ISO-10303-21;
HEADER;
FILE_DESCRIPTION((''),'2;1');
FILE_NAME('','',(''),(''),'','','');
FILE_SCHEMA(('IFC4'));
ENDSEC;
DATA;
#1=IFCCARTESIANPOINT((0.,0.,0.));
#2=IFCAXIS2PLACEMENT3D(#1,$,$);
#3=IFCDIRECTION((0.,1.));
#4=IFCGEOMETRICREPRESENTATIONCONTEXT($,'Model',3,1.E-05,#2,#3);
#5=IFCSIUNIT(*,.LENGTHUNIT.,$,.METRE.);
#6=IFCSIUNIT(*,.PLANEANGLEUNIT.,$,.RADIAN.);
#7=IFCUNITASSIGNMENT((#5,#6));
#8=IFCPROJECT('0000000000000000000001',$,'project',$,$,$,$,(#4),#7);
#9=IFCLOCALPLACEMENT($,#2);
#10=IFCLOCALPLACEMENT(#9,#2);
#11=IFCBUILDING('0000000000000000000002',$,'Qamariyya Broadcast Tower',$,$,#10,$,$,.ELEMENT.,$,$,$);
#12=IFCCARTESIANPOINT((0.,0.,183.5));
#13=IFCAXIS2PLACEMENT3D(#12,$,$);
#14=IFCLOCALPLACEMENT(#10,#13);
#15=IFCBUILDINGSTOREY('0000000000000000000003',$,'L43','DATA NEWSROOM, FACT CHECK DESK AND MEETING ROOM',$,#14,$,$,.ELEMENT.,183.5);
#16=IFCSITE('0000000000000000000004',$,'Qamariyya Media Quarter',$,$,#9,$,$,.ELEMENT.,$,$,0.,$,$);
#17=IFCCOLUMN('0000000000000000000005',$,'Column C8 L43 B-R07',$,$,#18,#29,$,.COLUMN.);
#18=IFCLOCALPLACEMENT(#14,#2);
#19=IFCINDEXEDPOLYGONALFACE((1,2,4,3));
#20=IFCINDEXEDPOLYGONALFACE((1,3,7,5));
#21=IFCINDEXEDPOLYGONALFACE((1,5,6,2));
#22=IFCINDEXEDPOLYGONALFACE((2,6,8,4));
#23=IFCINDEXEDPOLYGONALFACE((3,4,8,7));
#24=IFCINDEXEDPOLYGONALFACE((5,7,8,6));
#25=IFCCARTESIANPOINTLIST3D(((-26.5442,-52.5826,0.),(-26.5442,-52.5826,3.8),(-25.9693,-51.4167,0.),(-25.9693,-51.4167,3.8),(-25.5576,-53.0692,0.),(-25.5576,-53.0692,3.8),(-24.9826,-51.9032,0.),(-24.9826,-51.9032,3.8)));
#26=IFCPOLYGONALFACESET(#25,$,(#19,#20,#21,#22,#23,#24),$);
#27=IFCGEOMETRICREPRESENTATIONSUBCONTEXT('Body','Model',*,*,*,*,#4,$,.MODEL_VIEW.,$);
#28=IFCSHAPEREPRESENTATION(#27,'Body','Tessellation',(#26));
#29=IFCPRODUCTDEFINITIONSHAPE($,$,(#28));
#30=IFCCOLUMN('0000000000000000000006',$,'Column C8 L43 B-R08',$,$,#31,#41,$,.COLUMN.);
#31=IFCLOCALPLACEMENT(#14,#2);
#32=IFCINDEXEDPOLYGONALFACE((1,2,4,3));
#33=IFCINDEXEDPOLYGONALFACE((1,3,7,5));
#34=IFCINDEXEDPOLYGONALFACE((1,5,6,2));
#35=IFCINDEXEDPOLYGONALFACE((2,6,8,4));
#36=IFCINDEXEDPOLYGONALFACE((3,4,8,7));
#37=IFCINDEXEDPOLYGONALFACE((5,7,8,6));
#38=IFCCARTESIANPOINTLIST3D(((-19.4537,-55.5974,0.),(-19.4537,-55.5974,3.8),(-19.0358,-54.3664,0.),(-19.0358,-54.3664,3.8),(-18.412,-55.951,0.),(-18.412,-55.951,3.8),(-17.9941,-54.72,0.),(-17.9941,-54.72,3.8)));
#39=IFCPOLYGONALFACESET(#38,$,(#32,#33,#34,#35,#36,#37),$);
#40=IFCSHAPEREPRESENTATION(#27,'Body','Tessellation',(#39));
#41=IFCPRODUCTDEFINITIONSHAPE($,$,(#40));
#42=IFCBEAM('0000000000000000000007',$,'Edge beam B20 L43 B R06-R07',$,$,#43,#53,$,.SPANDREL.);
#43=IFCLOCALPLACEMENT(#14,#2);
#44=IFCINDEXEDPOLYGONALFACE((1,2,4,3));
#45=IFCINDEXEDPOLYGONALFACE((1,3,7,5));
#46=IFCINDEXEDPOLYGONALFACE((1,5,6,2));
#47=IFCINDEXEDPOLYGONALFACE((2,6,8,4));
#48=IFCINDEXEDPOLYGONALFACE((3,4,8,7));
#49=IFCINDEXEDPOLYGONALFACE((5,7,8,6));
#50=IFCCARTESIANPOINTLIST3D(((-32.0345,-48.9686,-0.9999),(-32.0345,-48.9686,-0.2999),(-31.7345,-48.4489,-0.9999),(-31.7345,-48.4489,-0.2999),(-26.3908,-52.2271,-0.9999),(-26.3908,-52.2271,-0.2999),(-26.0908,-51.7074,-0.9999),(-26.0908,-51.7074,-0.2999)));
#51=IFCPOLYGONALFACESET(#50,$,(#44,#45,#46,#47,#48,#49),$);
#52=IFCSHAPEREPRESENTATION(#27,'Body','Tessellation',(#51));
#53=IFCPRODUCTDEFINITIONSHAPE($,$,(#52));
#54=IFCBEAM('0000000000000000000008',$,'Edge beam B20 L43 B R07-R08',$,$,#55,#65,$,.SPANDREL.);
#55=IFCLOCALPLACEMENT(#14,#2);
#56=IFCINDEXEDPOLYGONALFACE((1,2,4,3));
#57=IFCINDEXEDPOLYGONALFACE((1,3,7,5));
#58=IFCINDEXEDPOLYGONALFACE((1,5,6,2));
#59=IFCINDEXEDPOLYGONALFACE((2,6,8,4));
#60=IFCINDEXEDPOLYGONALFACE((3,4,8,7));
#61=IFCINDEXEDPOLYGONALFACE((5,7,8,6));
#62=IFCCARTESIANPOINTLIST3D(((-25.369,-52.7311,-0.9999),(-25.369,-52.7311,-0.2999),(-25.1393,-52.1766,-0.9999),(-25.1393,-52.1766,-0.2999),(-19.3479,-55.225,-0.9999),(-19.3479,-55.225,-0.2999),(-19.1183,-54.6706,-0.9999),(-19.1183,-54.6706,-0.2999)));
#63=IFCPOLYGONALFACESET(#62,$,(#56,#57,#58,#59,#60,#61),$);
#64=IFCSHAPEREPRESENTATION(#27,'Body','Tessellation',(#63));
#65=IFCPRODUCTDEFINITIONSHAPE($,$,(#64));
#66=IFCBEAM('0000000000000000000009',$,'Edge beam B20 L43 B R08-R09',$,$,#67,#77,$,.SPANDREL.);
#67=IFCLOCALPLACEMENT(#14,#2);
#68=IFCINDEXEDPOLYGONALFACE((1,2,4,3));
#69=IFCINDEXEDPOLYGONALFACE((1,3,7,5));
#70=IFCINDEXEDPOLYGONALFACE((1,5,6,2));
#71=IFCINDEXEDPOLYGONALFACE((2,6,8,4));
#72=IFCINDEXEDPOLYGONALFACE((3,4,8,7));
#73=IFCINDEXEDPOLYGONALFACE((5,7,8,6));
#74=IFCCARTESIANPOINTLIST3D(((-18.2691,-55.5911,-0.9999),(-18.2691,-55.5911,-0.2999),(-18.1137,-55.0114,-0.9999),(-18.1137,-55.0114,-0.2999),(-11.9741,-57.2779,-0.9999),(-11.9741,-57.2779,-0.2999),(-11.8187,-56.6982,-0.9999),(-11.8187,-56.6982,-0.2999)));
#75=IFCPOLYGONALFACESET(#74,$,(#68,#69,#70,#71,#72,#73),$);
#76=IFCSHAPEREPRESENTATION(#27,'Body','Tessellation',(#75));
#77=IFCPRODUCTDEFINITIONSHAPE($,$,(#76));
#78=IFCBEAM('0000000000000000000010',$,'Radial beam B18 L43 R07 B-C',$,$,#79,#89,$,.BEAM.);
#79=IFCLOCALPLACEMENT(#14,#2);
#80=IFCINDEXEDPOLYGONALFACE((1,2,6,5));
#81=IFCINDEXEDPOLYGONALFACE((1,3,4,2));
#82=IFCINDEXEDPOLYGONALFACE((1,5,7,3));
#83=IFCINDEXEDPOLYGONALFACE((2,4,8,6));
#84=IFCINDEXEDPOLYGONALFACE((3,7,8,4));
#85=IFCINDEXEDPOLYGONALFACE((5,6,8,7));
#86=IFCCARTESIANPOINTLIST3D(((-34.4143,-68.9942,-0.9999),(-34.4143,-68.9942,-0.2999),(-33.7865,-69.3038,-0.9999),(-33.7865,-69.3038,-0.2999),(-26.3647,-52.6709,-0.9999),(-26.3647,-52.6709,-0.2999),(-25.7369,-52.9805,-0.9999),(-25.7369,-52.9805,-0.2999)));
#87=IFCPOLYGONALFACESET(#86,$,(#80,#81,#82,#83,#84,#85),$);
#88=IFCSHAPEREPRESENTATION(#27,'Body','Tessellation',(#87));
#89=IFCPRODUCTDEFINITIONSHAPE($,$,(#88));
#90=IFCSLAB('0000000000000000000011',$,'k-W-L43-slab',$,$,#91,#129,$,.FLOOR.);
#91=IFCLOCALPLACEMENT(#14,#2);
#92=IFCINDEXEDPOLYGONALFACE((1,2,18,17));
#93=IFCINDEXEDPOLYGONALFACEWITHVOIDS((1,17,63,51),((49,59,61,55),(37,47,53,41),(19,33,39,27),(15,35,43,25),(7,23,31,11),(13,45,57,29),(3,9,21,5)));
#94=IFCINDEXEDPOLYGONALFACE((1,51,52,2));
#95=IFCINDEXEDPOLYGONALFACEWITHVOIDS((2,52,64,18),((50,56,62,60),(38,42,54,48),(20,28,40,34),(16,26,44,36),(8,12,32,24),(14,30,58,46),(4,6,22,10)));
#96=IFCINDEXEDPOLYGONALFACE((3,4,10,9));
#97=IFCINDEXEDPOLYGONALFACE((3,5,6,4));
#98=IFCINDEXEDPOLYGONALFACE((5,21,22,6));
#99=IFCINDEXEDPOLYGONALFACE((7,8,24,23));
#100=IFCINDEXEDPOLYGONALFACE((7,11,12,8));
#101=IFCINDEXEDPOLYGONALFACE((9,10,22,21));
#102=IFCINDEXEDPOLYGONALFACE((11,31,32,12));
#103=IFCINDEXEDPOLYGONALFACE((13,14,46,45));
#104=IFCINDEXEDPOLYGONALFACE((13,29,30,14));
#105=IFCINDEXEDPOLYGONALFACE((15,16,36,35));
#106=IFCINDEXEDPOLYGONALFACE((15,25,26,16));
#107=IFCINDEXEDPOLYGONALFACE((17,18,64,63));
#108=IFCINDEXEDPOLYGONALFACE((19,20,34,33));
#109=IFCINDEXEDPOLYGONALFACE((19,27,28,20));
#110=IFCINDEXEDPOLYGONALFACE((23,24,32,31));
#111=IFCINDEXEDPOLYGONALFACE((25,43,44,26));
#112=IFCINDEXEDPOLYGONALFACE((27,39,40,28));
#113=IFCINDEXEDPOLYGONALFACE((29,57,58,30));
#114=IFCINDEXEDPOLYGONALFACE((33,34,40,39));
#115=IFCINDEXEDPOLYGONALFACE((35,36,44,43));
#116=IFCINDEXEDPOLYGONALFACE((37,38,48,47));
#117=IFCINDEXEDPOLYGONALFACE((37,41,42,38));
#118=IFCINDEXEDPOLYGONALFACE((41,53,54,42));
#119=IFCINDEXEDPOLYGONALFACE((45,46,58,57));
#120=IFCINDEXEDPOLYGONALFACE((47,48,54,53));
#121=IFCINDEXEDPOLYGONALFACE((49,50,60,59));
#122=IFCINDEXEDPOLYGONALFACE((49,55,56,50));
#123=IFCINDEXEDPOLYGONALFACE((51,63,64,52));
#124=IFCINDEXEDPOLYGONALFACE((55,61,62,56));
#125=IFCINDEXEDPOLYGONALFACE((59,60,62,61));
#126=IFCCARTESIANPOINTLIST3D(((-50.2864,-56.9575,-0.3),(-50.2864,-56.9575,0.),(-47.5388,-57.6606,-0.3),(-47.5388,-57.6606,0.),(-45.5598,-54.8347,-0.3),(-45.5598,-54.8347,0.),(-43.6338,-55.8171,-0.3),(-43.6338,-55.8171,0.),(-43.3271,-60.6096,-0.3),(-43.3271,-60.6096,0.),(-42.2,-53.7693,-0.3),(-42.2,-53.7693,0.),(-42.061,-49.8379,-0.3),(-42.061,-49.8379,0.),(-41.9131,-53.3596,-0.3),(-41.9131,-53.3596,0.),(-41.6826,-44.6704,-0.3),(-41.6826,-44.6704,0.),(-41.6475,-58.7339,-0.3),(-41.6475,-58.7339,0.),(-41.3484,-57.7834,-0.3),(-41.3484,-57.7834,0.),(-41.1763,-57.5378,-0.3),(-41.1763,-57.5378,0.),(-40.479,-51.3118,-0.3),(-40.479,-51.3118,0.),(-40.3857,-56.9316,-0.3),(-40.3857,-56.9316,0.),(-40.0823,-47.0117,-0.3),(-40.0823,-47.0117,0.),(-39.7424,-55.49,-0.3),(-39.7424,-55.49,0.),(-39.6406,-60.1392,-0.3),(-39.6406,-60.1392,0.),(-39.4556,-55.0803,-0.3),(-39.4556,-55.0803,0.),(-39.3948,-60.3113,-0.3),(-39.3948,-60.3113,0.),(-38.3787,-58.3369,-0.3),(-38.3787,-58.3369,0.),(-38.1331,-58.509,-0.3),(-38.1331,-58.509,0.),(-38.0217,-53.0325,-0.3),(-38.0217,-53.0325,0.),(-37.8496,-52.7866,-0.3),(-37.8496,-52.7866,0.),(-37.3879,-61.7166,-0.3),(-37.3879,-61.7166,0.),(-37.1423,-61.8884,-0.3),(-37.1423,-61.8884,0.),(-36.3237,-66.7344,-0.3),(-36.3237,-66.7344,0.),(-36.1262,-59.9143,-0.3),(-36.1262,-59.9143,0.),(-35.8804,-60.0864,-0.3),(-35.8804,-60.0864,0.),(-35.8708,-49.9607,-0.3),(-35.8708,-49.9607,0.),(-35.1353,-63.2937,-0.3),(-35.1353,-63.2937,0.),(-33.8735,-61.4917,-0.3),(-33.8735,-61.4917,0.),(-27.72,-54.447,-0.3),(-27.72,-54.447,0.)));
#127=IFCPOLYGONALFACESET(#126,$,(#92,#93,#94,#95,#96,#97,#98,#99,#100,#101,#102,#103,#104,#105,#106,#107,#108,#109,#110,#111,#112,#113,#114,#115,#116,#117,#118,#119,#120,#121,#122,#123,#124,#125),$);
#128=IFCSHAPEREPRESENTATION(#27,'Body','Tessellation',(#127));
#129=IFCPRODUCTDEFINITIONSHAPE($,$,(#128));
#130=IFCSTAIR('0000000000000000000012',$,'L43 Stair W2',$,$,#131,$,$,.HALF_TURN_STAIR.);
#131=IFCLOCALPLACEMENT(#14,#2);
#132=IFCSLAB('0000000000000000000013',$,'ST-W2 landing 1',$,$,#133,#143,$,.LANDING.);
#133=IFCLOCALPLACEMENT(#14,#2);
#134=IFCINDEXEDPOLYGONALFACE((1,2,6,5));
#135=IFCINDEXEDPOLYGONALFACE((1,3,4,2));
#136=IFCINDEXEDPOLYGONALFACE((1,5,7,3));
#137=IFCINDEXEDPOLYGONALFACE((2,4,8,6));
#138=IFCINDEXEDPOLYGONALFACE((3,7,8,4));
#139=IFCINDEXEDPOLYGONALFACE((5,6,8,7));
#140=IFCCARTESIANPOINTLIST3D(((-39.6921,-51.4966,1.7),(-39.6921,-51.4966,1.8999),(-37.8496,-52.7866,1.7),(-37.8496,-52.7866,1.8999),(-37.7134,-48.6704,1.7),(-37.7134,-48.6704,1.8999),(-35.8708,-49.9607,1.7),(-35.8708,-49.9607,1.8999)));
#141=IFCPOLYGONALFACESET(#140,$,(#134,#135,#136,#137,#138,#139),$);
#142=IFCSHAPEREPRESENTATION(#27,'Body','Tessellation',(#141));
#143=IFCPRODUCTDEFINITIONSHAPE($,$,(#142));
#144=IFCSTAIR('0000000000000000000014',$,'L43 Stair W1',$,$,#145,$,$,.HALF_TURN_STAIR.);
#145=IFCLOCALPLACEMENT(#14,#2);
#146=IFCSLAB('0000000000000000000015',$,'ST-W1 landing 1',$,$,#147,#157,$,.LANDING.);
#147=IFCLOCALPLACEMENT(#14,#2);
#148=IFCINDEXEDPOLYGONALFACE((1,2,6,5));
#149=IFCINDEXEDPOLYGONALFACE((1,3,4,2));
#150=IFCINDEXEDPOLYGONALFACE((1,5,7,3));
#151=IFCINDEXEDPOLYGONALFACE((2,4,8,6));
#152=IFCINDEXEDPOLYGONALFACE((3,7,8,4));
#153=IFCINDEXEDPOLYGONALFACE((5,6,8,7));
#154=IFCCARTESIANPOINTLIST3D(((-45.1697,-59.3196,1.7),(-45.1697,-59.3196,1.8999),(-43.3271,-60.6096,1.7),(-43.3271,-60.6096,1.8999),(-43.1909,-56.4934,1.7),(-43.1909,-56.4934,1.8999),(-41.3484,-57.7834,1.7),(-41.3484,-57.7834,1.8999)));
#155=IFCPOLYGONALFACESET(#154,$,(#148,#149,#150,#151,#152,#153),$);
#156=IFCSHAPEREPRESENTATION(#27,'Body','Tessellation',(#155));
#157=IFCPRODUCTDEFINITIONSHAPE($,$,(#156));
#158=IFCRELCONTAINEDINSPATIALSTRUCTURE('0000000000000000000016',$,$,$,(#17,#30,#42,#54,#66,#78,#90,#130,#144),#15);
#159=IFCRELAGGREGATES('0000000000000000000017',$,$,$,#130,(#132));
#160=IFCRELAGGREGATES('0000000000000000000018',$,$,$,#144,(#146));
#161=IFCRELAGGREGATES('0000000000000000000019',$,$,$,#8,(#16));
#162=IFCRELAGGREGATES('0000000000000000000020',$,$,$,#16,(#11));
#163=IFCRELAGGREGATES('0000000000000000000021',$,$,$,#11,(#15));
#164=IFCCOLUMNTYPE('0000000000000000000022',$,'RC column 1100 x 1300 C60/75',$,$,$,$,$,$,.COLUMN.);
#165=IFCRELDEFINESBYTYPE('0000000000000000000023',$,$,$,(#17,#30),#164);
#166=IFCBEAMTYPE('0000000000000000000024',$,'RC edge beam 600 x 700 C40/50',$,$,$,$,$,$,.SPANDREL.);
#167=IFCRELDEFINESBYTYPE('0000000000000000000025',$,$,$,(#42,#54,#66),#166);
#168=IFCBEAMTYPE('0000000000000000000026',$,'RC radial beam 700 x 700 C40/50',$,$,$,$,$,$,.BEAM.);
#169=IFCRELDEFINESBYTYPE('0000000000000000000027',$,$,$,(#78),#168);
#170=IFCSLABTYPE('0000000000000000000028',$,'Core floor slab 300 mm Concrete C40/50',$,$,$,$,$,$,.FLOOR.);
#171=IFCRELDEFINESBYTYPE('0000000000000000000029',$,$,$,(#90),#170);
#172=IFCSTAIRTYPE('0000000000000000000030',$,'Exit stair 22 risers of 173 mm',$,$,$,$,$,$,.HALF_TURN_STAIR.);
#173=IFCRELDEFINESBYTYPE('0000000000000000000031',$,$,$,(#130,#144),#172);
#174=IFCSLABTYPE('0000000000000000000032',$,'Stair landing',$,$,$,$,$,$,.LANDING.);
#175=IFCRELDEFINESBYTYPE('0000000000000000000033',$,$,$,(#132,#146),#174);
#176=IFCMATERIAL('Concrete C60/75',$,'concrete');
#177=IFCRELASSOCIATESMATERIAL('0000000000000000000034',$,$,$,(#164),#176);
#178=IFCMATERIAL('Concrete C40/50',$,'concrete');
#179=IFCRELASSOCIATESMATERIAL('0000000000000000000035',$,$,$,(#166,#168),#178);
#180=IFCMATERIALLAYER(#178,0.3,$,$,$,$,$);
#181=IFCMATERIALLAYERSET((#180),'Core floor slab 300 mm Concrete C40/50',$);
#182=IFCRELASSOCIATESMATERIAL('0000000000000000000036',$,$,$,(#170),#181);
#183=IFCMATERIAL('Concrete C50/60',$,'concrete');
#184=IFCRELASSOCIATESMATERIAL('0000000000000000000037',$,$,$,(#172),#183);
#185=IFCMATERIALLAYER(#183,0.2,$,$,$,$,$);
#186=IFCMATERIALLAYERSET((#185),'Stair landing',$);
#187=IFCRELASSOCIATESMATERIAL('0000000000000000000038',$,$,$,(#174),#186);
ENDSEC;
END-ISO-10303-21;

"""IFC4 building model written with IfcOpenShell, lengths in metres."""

from ifc_helpers import new_model, si_unit, direction, frame, origin, origin_2d, place, context, subcontext, project, spatial, polyline, rectangle, outline, extrude, material, layer, layer_set, material_profile, profile_set, type_object, element, aggregate, save


model = new_model("IFC4")

# Units and contexts
model_context = context("Model", 3, precision=1e-05, world=origin(), true_north=direction((0.0, 1.0)))
body_context = subcontext(model_context, "Body", "Model", "MODEL_VIEW")
ifc_project = project(units=[si_unit("LENGTHUNIT", "METRE"), si_unit("PLANEANGLEUNIT", "RADIAN")], contexts=[model_context])

# Site, building, storey
site_placement = place(None, origin())
site = spatial("IfcSite", under=ifc_project, at=site_placement, Name="Qamariyya Media Quarter", CompositionType="ELEMENT", RefElevation=0.0)
building_placement = place(site_placement, origin())
building = spatial("IfcBuilding", under=site, at=building_placement, Name="Qamariyya Broadcast Tower", CompositionType="ELEMENT")
storey_placement = place(building_placement, frame((0.0, 0.0, 183.5)))
storey = spatial("IfcBuildingStorey", under=building, at=storey_placement, Name="L43", Description="DATA NEWSROOM, FACT CHECK DESK AND MEETING ROOM", CompositionType="ELEMENT", Elevation=183.5)

# Columns
ifc_material_1 = material(Name="Concrete C60/75", Category="concrete")
ifc_material_profile_1 = material_profile(ifc_material_1, rectangle(XDim=1.1001, YDim=1.3, at=origin_2d()))
ifc_profile_set_1 = profile_set([ifc_material_profile_1], Name="Concrete C60/75")
column_type = type_object("IfcColumnType", Name="RC column 1100 x 1300 C60/75", PredefinedType="COLUMN", material=ifc_profile_set_1)
for number, where, z_axis, x_axis, name in (
    (1, (-25.7634, -52.2429, 0.0), (0.0, 0.0, 1.0), (0.896873, -0.442289, 0.0), "Column C8 L43 B-R07"),
    (2, (-18.7239, -55.1587, 0.0), (0.0, 0.0, 1.0), (0.94693, -0.321439, 0.0), "Column C8 L43 B-R08"),
):
    element("IfcColumn", number, at=place(storey_placement, frame(where, z_axis=z_axis, x_axis=x_axis)), inside=storey, type_object=column_type, Name=name, PredefinedType="COLUMN", context=body_context, shape_type="SweptSolid", body=[
        extrude(rectangle(XDim=1.1001, YDim=1.3, at=origin_2d()), origin(), (0.0, 0.0, 1.0), 3.8),
    ])

# Beams
ifc_material_2 = material(Name="Concrete C40/50", Category="concrete")
ifc_material_profile_2 = material_profile(ifc_material_2, rectangle(XDim=0.6001, YDim=0.7, at=origin_2d()))
ifc_profile_set_2 = profile_set([ifc_material_profile_2], Name="Concrete C40/50")
beam_type_1 = type_object("IfcBeamType", Name="RC edge beam 600 x 700 C40/50", PredefinedType="SPANDREL", material=ifc_profile_set_2)
beam_1_placement = place(storey_placement, frame((-31.8845, -48.7087, -0.6499), z_axis=(0.866019, -0.500011, 0.0), x_axis=(0.500011, 0.866019, 0.0)))
element("IfcBeam", 3, at=beam_1_placement, inside=storey, type_object=beam_type_1, Name="Edge beam B20 L43 B R06-R07", PredefinedType="SPANDREL", context=body_context, shape_type="SweptSolid", body=[
    extrude(rectangle(XDim=0.6001, YDim=0.7, at=origin_2d()), origin(), (0.0, 0.0, 1.0), 6.5168),
])
for number, where, z_axis, x_axis, name in (
    (4, (-25.2542, -52.4539, -0.6499), (0.923884, -0.382673, 0.0), (0.382673, 0.923884, 0.0), "Edge beam B20 L43 B R07-R08"),
    (5, (-18.1914, -55.3013, -0.6499), (0.965924, -0.258826, 0.0), (0.258826, 0.965924, 0.0), "Edge beam B20 L43 B R08-R09"),
):
    element("IfcBeam", number, at=place(storey_placement, frame(where, z_axis=z_axis, x_axis=x_axis)), inside=storey, type_object=beam_type_1, Name=name, PredefinedType="SPANDREL", context=body_context, shape_type="SweptSolid", body=[
        extrude(rectangle(XDim=0.6001, YDim=0.7, at=origin_2d()), origin(), (0.0, 0.0, 1.0), 6.5171),
    ])
ifc_material_profile_3 = material_profile(ifc_material_2, rectangle(XDim=0.7, YDim=0.7, at=origin_2d()))
ifc_profile_set_3 = profile_set([ifc_material_profile_3], Name="Concrete C40/50")
beam_type_2 = type_object("IfcBeamType", Name="RC radial beam 700 x 700 C40/50", PredefinedType="BEAM", material=ifc_profile_set_3)
beam_2_placement = place(storey_placement, frame((-26.0508, -52.8257, -0.6499), z_axis=(-0.442281, -0.896876, 0.0), x_axis=(0.896876, -0.442281, 0.0)))
element("IfcBeam", 6, at=beam_2_placement, inside=storey, type_object=beam_type_2, Name="Radial beam B18 L43 R07 B-C", PredefinedType="BEAM", context=body_context, shape_type="SweptSolid", body=[
    extrude(rectangle(XDim=0.7, YDim=0.7, at=origin_2d()), origin(), (0.0, 0.0, 1.0), 18.2002),
])

# Slab
ifc_layer_1 = layer(ifc_material_2, 0.3)
ifc_layer_set_1 = layer_set([ifc_layer_1], Name="Core floor slab 300 mm Concrete C40/50")
slab_type_1 = type_object("IfcSlabType", Name="Core floor slab 300 mm Concrete C40/50", PredefinedType="FLOOR", material=ifc_layer_set_1)
slab_1_placement = place(storey_placement, frame((0.0, 0.0, -0.3)))
element("IfcSlab", 7, at=slab_1_placement, inside=storey, type_object=slab_type_1, Name="k-W-L43-slab", PredefinedType="FLOOR", context=body_context, shape_type="SweptSolid", body=[
    extrude(outline(polyline([(-50.2864, -56.9575), (-36.3237, -66.7344), (-27.72, -54.447), (-41.6826, -44.6704), (-50.2864, -56.9575)]), holes=[polyline([(-33.8735, -61.4917), (-35.8804, -60.0864), (-37.1423, -61.8884), (-35.1353, -63.2937), (-33.8735, -61.4917)]), polyline([(-36.1262, -59.9143), (-38.1331, -58.509), (-39.3948, -60.3113), (-37.3879, -61.7166), (-36.1262, -59.9143)]), polyline([(-38.3787, -58.3369), (-40.3857, -56.9316), (-41.6475, -58.7339), (-39.6406, -60.1392), (-38.3787, -58.3369)]), polyline([(-39.7424, -55.49), (-42.2, -53.7693), (-43.6338, -55.8171), (-41.1763, -57.5378), (-39.7424, -55.49)]), polyline([(-39.4556, -55.0803), (-41.9131, -53.3596), (-40.479, -51.3118), (-38.0217, -53.0325), (-39.4556, -55.0803)]), polyline([(-42.061, -49.8379), (-37.8496, -52.7866), (-35.8708, -49.9607), (-40.0823, -47.0117), (-42.061, -49.8379)]), polyline([(-47.5388, -57.6606), (-43.3271, -60.6096), (-41.3484, -57.7834), (-45.5598, -54.8347), (-47.5388, -57.6606)])]), origin(), (0.0, 0.0, 1.0), 0.3),
])

# Stairs, slabs
ifc_material_3 = material(Name="Concrete C50/60", Category="concrete")
stair_type = type_object("IfcStairType", Name="Exit stair 22 risers of 173 mm", PredefinedType="HALF_TURN_STAIR", material=ifc_material_3)
stair_1_placement = place(storey_placement, origin())
stair_1 = element("IfcStair", 8, at=stair_1_placement, inside=storey, type_object=stair_type, Name="L43 Stair W2", PredefinedType="HALF_TURN_STAIR")
ifc_layer_2 = layer(ifc_material_3, 0.2)
ifc_layer_set_2 = layer_set([ifc_layer_2], Name="Stair landing")
slab_type_2 = type_object("IfcSlabType", Name="Stair landing", PredefinedType="LANDING", material=ifc_layer_set_2)
slab_2_placement = place(storey_placement, frame((0.0, 0.0, 1.7)))
slab_2 = element("IfcSlab", 9, at=slab_2_placement, type_object=slab_type_2, Name="ST-W2 landing 1", PredefinedType="LANDING", context=body_context, shape_type="SweptSolid", body=[
    extrude(outline(polyline([(-39.6921, -51.4966), (-37.8496, -52.7866), (-35.8708, -49.9607), (-37.7134, -48.6704), (-39.6921, -51.4966)])), origin(), (0.0, 0.0, 1.0), 0.2),
])
aggregate(stair_1, [slab_2])
stair_2_placement = place(storey_placement, origin())
stair_2 = element("IfcStair", 10, at=stair_2_placement, inside=storey, type_object=stair_type, Name="L43 Stair W1", PredefinedType="HALF_TURN_STAIR")
slab_3_placement = place(storey_placement, frame((0.0, 0.0, 1.7)))
slab_3 = element("IfcSlab", 11, at=slab_3_placement, type_object=slab_type_2, Name="ST-W1 landing 1", PredefinedType="LANDING", context=body_context, shape_type="SweptSolid", body=[
    extrude(outline(polyline([(-45.1697, -59.3196), (-43.3271, -60.6096), (-41.3484, -57.7834), (-43.1909, -56.4934), (-45.1697, -59.3196)])), origin(), (0.0, 0.0, 1.0), 0.2),
])
aggregate(stair_2, [slab_3])

save(model, "model.ifc")
